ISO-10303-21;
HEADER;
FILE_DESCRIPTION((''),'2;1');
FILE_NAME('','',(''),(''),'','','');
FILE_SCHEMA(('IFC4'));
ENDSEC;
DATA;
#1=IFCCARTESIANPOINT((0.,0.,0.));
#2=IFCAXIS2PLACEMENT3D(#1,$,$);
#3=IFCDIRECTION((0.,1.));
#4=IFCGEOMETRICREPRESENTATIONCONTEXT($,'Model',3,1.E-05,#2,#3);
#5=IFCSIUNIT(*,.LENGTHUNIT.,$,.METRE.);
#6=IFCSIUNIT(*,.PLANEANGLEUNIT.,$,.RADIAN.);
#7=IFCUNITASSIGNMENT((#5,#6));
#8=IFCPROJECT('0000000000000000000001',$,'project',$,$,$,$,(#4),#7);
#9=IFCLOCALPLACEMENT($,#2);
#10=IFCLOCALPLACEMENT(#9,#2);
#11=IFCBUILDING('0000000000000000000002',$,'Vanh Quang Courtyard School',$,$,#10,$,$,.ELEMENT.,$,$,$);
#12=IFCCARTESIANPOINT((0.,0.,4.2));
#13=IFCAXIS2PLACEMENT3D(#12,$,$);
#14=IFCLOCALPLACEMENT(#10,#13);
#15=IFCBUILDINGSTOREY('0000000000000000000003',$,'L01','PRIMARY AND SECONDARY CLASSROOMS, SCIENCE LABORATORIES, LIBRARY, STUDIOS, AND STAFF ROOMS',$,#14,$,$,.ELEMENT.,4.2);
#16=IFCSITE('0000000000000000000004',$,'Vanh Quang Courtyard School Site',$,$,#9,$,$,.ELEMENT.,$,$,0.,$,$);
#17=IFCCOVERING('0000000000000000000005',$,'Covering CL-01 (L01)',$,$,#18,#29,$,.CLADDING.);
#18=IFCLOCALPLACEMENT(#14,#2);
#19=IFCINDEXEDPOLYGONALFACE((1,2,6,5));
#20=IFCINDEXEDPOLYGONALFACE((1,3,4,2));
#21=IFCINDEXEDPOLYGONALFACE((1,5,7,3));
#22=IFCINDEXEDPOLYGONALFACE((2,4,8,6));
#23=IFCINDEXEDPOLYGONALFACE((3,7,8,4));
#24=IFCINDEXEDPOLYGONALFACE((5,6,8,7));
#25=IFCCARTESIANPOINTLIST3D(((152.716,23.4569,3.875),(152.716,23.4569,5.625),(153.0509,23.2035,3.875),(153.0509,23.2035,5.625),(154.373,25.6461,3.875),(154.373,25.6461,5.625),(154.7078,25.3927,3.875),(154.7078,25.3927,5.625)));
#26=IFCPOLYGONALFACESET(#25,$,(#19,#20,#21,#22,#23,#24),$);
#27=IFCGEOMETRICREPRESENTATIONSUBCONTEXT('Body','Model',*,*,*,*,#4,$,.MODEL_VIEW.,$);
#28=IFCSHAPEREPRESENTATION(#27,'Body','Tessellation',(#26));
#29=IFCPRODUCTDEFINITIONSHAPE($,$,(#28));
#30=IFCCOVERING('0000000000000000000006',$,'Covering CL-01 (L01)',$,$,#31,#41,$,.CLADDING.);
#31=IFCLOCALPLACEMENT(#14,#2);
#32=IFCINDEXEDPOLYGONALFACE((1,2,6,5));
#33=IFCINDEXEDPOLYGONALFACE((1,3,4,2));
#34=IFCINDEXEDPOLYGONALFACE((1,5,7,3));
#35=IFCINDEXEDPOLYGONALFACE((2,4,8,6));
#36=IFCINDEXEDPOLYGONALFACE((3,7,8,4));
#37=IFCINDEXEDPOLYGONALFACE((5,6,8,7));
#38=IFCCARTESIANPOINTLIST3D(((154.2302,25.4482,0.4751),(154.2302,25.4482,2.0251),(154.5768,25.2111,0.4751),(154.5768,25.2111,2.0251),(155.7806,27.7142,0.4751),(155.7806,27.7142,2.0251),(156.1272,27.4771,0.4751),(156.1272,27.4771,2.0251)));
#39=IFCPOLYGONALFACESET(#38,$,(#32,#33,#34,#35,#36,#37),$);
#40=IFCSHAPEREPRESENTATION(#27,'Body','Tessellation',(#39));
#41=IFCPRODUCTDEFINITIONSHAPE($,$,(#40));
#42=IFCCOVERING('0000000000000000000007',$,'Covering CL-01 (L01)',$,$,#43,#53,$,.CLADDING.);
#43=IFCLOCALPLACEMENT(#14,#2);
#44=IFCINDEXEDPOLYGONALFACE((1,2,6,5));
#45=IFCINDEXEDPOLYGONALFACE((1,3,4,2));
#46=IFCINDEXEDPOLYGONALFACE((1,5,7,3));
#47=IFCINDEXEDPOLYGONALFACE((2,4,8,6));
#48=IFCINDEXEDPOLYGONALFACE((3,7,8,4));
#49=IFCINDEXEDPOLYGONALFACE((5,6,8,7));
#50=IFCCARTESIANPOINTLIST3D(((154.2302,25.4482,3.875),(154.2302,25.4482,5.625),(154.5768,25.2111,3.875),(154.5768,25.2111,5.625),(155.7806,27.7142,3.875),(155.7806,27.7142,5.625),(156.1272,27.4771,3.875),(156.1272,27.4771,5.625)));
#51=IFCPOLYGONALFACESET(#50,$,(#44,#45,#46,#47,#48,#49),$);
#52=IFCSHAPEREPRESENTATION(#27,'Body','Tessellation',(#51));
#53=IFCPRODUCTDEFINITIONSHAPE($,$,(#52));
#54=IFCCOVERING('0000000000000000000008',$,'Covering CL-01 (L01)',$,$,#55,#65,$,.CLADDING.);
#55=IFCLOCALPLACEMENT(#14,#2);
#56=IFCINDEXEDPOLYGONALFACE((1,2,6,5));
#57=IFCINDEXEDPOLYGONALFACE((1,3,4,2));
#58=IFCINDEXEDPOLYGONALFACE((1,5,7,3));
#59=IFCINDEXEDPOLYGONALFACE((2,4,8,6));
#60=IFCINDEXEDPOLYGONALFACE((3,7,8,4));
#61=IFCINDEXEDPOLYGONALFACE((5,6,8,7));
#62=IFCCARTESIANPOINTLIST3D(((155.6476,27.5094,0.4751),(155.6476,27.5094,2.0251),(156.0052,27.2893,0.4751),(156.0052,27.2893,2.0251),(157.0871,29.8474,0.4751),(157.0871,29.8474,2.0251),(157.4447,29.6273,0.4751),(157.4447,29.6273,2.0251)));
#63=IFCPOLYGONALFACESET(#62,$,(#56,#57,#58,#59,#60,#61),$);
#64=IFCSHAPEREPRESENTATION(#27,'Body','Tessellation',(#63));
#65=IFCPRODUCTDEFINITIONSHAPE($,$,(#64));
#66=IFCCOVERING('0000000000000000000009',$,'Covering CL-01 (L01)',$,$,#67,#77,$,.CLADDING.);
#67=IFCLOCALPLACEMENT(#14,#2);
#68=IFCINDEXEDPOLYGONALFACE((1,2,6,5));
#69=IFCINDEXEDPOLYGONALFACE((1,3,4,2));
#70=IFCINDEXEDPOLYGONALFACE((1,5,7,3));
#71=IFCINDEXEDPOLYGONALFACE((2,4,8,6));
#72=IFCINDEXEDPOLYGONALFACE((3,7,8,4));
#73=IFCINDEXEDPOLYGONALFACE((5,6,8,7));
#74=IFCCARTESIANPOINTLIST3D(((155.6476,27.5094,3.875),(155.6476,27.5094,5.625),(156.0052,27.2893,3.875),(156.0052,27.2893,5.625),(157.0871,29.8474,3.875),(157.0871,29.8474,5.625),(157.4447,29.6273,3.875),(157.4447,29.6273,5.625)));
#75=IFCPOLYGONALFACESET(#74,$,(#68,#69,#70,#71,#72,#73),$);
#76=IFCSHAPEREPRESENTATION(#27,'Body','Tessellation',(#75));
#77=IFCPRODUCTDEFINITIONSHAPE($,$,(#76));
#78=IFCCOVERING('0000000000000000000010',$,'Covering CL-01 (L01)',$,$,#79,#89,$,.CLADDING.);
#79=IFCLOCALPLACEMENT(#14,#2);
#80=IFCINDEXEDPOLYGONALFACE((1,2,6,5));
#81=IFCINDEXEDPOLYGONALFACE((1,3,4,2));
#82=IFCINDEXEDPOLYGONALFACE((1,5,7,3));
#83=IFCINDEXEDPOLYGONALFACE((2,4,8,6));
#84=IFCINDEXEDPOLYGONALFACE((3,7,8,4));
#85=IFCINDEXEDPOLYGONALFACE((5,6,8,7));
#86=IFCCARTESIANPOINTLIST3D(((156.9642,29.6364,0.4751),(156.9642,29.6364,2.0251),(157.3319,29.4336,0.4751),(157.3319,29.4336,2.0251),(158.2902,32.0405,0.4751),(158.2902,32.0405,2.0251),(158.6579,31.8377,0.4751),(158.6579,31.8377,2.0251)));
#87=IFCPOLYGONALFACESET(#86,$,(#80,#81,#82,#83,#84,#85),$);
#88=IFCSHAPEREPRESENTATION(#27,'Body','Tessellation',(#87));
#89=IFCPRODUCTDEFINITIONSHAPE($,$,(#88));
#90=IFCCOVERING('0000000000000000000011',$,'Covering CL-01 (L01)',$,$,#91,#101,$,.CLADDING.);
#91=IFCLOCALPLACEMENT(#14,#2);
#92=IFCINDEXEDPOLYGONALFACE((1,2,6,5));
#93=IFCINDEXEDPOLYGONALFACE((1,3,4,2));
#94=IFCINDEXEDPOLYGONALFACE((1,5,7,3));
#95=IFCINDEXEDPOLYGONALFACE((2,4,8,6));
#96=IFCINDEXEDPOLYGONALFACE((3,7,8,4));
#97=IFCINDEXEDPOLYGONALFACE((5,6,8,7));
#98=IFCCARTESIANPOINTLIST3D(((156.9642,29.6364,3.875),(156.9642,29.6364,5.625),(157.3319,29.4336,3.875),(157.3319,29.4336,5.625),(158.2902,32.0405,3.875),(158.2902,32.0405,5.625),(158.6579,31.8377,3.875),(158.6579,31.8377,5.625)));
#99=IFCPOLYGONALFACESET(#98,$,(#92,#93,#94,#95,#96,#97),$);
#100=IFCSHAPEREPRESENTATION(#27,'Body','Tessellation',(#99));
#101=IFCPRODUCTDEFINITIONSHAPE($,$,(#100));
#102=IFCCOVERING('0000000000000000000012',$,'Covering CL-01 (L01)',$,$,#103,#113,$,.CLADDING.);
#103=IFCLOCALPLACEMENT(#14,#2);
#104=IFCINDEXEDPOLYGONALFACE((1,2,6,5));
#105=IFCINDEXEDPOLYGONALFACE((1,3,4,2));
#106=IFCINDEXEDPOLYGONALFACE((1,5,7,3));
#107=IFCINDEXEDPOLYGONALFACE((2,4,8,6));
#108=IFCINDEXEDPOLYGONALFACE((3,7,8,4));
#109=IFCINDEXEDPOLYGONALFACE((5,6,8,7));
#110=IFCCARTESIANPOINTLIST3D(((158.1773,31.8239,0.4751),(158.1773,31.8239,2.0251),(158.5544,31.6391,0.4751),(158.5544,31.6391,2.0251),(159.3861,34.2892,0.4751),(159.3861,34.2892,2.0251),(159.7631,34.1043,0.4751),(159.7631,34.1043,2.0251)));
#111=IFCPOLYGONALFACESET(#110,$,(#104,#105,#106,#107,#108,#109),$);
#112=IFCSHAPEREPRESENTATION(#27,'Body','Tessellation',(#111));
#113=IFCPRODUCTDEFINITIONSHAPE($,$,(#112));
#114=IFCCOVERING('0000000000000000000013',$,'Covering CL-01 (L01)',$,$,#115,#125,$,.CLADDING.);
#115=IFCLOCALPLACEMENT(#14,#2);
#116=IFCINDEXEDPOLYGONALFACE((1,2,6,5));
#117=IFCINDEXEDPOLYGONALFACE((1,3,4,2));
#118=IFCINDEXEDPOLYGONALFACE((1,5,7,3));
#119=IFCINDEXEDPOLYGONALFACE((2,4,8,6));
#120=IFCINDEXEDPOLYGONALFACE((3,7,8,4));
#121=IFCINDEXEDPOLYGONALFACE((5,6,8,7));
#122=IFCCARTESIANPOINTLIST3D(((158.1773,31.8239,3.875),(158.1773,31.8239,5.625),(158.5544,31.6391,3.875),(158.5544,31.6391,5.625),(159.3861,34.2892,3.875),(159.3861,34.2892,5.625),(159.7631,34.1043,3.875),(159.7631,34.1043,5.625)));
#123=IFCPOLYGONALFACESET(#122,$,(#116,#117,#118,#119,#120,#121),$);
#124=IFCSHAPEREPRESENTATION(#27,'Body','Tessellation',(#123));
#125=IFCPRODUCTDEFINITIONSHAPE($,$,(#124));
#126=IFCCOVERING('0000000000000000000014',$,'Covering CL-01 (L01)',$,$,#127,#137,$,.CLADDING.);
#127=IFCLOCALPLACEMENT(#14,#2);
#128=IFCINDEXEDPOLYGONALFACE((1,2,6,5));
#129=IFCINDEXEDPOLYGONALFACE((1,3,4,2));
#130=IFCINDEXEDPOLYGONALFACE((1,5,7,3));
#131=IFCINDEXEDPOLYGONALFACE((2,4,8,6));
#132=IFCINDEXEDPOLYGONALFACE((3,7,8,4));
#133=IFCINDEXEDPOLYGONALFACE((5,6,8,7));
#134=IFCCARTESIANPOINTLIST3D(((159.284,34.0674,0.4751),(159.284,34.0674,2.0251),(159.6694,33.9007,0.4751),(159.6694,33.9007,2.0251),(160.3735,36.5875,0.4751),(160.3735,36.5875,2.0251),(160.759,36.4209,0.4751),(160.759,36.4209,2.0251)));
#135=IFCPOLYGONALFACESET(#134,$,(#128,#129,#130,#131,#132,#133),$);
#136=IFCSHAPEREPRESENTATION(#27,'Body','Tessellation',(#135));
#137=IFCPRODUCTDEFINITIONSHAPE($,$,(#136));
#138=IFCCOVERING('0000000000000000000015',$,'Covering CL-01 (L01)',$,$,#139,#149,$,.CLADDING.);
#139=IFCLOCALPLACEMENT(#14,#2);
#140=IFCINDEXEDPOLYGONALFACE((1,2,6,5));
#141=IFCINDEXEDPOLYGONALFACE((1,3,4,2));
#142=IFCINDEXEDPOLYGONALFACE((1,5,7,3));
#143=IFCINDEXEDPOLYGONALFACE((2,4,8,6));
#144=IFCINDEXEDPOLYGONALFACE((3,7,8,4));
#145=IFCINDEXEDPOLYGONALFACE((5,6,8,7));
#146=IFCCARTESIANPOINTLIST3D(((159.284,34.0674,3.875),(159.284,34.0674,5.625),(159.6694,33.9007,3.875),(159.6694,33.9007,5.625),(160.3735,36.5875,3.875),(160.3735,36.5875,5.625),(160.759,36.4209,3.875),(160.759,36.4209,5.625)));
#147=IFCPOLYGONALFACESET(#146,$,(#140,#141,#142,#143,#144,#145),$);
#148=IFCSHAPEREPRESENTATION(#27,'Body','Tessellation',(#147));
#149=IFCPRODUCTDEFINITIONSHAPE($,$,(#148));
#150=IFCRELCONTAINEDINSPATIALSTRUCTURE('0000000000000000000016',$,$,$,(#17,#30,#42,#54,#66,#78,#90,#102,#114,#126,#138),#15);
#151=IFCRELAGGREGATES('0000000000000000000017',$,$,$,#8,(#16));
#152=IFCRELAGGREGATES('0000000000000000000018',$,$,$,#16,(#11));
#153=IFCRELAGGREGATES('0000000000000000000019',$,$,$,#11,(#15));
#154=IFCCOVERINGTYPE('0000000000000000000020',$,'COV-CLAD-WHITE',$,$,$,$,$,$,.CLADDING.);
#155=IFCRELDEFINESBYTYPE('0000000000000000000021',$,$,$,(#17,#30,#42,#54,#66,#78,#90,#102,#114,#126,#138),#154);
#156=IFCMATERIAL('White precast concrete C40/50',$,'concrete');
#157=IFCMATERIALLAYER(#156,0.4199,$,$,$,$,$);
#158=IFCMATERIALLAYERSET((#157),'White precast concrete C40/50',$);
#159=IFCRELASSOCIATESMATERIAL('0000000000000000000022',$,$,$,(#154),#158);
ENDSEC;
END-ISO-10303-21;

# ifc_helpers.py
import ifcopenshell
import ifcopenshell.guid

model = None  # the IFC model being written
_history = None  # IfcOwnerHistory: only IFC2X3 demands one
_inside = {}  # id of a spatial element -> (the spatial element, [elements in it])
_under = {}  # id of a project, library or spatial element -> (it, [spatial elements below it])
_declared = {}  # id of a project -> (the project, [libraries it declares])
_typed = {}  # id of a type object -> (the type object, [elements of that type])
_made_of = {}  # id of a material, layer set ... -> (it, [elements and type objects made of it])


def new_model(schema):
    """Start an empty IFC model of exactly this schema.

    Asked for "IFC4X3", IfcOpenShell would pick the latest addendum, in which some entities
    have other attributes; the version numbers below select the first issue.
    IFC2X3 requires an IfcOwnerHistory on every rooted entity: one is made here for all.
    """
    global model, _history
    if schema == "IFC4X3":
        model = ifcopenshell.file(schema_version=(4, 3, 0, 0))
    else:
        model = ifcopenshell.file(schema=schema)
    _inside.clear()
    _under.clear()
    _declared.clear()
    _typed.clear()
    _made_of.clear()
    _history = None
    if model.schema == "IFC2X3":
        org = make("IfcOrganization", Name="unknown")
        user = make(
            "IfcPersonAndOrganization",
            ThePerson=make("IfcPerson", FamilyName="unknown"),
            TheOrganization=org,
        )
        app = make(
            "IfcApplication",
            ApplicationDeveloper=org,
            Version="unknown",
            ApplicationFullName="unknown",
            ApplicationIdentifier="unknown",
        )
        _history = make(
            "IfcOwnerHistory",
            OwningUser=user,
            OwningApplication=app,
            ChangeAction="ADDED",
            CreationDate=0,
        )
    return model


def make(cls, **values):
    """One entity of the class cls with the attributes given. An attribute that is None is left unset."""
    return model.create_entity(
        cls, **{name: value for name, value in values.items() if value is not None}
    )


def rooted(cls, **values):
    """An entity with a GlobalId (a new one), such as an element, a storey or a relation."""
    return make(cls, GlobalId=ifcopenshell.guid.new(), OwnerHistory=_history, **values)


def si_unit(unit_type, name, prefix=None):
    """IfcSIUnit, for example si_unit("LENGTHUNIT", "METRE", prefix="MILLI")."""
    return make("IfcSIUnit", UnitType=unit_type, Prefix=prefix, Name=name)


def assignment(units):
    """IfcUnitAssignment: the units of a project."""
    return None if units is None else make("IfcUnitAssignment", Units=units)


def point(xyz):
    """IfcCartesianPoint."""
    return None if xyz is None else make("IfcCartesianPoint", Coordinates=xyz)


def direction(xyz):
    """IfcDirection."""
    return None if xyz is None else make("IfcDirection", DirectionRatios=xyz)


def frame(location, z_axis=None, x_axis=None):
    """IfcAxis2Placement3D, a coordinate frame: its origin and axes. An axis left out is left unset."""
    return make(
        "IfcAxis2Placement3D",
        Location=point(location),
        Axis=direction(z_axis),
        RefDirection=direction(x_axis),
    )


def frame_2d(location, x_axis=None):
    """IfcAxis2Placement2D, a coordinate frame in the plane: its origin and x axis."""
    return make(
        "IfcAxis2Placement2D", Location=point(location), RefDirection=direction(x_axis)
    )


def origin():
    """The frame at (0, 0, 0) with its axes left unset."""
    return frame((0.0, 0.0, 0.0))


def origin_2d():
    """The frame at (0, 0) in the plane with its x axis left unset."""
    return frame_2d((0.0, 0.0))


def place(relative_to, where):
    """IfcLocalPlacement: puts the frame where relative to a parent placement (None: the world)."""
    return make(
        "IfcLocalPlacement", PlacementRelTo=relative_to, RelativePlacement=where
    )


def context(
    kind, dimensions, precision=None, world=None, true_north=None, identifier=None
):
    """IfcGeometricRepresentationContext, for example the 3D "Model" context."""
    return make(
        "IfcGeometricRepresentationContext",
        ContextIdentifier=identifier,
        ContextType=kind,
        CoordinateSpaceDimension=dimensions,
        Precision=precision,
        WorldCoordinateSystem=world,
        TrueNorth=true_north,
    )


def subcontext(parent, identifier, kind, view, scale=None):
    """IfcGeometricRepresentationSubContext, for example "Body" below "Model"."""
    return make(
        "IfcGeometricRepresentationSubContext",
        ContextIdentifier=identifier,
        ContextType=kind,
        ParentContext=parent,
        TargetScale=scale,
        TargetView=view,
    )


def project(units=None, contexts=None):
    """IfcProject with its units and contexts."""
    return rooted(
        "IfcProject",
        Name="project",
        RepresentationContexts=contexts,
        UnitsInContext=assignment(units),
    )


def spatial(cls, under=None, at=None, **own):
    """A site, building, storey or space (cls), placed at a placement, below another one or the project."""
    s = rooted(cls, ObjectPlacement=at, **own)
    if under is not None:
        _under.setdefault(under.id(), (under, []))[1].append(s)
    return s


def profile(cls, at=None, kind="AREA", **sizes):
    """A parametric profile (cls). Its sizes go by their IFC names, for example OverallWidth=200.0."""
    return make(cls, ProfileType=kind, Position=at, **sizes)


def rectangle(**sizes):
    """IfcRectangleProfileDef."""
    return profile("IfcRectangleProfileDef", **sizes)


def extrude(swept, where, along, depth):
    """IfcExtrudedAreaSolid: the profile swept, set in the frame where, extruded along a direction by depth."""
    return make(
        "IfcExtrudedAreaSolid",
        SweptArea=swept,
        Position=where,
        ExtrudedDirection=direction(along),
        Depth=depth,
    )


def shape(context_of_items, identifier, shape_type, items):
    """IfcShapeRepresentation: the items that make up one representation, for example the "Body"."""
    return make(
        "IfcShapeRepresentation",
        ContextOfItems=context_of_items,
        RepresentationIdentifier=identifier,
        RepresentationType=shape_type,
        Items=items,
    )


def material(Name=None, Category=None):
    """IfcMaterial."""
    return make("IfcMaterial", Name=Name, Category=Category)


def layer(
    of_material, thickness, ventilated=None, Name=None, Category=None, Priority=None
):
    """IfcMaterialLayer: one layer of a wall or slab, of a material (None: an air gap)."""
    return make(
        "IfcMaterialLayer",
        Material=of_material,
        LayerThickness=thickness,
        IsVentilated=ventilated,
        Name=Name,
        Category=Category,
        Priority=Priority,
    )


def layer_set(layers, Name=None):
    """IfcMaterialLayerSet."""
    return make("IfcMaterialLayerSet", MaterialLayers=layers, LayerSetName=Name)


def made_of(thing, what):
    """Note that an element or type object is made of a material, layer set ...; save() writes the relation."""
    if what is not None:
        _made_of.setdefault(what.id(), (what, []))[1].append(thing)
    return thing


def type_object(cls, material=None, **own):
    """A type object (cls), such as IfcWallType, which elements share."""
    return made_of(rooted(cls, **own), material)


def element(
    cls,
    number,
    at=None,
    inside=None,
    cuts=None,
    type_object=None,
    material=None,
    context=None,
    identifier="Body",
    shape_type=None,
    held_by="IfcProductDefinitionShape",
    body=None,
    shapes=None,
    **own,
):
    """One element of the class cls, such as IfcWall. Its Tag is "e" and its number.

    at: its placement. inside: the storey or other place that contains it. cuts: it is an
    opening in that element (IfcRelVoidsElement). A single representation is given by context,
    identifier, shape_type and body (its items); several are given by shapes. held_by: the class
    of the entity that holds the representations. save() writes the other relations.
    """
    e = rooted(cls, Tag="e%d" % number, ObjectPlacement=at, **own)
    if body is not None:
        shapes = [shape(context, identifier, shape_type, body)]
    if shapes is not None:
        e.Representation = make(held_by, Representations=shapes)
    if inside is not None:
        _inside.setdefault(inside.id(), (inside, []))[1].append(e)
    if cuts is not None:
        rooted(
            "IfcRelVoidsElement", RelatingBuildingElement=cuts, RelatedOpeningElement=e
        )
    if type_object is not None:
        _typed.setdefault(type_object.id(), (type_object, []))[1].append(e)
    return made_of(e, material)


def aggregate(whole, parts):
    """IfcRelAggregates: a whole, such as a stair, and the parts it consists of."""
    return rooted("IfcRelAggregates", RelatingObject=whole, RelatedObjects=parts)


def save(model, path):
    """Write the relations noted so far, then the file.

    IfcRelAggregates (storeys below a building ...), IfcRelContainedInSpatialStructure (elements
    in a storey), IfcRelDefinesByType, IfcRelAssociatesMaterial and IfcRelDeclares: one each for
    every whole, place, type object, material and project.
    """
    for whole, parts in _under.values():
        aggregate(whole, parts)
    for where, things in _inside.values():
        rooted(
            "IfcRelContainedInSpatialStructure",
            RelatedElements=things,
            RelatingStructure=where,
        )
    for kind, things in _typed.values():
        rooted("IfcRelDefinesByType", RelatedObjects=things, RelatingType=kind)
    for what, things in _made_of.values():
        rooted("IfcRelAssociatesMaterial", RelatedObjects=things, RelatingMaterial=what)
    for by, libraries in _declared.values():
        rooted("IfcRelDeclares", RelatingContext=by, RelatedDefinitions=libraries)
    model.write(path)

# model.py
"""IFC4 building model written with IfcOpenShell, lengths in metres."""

from ifc_helpers import new_model, si_unit, direction, frame, origin, origin_2d, place, context, subcontext, project, spatial, rectangle, extrude, material, layer, layer_set, type_object, element, save


model = new_model("IFC4")

# Units and contexts
model_context = context("Model", 3, precision=1e-05, world=origin(), true_north=direction((0.0, 1.0)))
body_context = subcontext(model_context, "Body", "Model", "MODEL_VIEW")
ifc_project = project(units=[si_unit("LENGTHUNIT", "METRE"), si_unit("PLANEANGLEUNIT", "RADIAN")], contexts=[model_context])

# Site, building, storey
site_placement = place(None, origin())
site = spatial("IfcSite", under=ifc_project, at=site_placement, Name="Vanh Quang Courtyard School Site", CompositionType="ELEMENT", RefElevation=0.0)
building_placement = place(site_placement, origin())
building = spatial("IfcBuilding", under=site, at=building_placement, Name="Vanh Quang Courtyard School", CompositionType="ELEMENT")
storey_placement = place(building_placement, frame((0.0, 0.0, 4.2)))
storey = spatial("IfcBuildingStorey", under=building, at=storey_placement, Name="L01", Description="PRIMARY AND SECONDARY CLASSROOMS, SCIENCE LABORATORIES, LIBRARY, STUDIOS, AND STAFF ROOMS", CompositionType="ELEMENT", Elevation=4.2)

# Coverings
ifc_material_1 = material(Name="White precast concrete C40/50", Category="concrete")
ifc_layer_1 = layer(ifc_material_1, 0.4199)
ifc_layer_set_1 = layer_set([ifc_layer_1], Name="White precast concrete C40/50")
covering_type = type_object("IfcCoveringType", Name="COV-CLAD-WHITE", PredefinedType="CLADDING", material=ifc_layer_set_1)
covering_1_placement = place(storey_placement, frame((153.7119, 24.4248, 3.875), z_axis=(0.0, 0.0, 1.0), x_axis=(0.603486, 0.797373, 0.0)))
element("IfcCovering", 1, at=covering_1_placement, inside=storey, type_object=covering_type, Name="Covering CL-01 (L01)", PredefinedType="CLADDING", context=body_context, shape_type="SweptSolid", body=[
    extrude(rectangle(XDim=2.7456, YDim=0.4199, at=origin_2d()), origin(), (0.0, 0.0, 1.0), 1.75),
])
covering_2_placement = place(storey_placement, frame((155.1787, 26.4626, 0.4751), z_axis=(0.0, 0.0, 1.0), x_axis=(0.564679, 0.825311, 0.0)))
element("IfcCovering", 2, at=covering_2_placement, inside=storey, type_object=covering_type, Name="Covering CL-01 (L01)", PredefinedType="CLADDING", context=body_context, shape_type="SweptSolid", body=[
    extrude(rectangle(XDim=2.7456, YDim=0.4199, at=origin_2d()), origin(), (0.0, 0.0, 1.0), 1.55),
])
covering_3_placement = place(storey_placement, frame((155.1787, 26.4626, 3.875), z_axis=(0.0, 0.0, 1.0), x_axis=(0.564679, 0.825311, 0.0)))
element("IfcCovering", 3, at=covering_3_placement, inside=storey, type_object=covering_type, Name="Covering CL-01 (L01)", PredefinedType="CLADDING", context=body_context, shape_type="SweptSolid", body=[
    extrude(rectangle(XDim=2.7456, YDim=0.4199, at=origin_2d()), origin(), (0.0, 0.0, 1.0), 1.75),
])
covering_4_placement = place(storey_placement, frame((156.5461, 28.5684, 0.4751), z_axis=(0.0, 0.0, 1.0), x_axis=(0.524283, 0.851544, 0.0)))
element("IfcCovering", 4, at=covering_4_placement, inside=storey, type_object=covering_type, Name="Covering CL-01 (L01)", PredefinedType="CLADDING", context=body_context, shape_type="SweptSolid", body=[
    extrude(rectangle(XDim=2.7456, YDim=0.4199, at=origin_2d()), origin(), (0.0, 0.0, 1.0), 1.55),
])
covering_5_placement = place(storey_placement, frame((156.5461, 28.5684, 3.875), z_axis=(0.0, 0.0, 1.0), x_axis=(0.524283, 0.851544, 0.0)))
element("IfcCovering", 5, at=covering_5_placement, inside=storey, type_object=covering_type, Name="Covering CL-01 (L01)", PredefinedType="CLADDING", context=body_context, shape_type="SweptSolid", body=[
    extrude(rectangle(XDim=2.7456, YDim=0.4199, at=origin_2d()), origin(), (0.0, 0.0, 1.0), 1.75),
])
covering_6_placement = place(storey_placement, frame((157.811, 30.7371, 0.4751), z_axis=(0.0, 0.0, 1.0), x_axis=(0.482977, 0.875633, 0.0)))
element("IfcCovering", 6, at=covering_6_placement, inside=storey, type_object=covering_type, Name="Covering CL-01 (L01)", PredefinedType="CLADDING", context=body_context, shape_type="SweptSolid", body=[
    extrude(rectangle(XDim=2.7456, YDim=0.4199, at=origin_2d()), origin(), (0.0, 0.0, 1.0), 1.55),
])
covering_7_placement = place(storey_placement, frame((157.811, 30.7371, 3.875), z_axis=(0.0, 0.0, 1.0), x_axis=(0.482977, 0.875633, 0.0)))
element("IfcCovering", 7, at=covering_7_placement, inside=storey, type_object=covering_type, Name="Covering CL-01 (L01)", PredefinedType="CLADDING", context=body_context, shape_type="SweptSolid", body=[
    extrude(rectangle(XDim=2.7456, YDim=0.4199, at=origin_2d()), origin(), (0.0, 0.0, 1.0), 1.75),
])
covering_8_placement = place(storey_placement, frame((158.9702, 32.9641, 0.4751), z_axis=(0.0, 0.0, 1.0), x_axis=(0.440253, 0.897874, 0.0)))
element("IfcCovering", 8, at=covering_8_placement, inside=storey, type_object=covering_type, Name="Covering CL-01 (L01)", PredefinedType="CLADDING", context=body_context, shape_type="SweptSolid", body=[
    extrude(rectangle(XDim=2.7456, YDim=0.4199, at=origin_2d()), origin(), (0.0, 0.0, 1.0), 1.55),
])
covering_9_placement = place(storey_placement, frame((158.9702, 32.9641, 3.875), z_axis=(0.0, 0.0, 1.0), x_axis=(0.440253, 0.897874, 0.0)))
element("IfcCovering", 9, at=covering_9_placement, inside=storey, type_object=covering_type, Name="Covering CL-01 (L01)", PredefinedType="CLADDING", context=body_context, shape_type="SweptSolid", body=[
    extrude(rectangle(XDim=2.7456, YDim=0.4199, at=origin_2d()), origin(), (0.0, 0.0, 1.0), 1.75),
])
covering_10_placement = place(storey_placement, frame((160.0215, 35.2441, 0.4751), z_axis=(0.0, 0.0, 1.0), x_axis=(0.396828, 0.917893, 0.0)))
element("IfcCovering", 10, at=covering_10_placement, inside=storey, type_object=covering_type, Name="Covering CL-01 (L01)", PredefinedType="CLADDING", context=body_context, shape_type="SweptSolid", body=[
    extrude(rectangle(XDim=2.7456, YDim=0.4199, at=origin_2d()), origin(), (0.0, 0.0, 1.0), 1.55),
])
covering_11_placement = place(storey_placement, frame((160.0215, 35.2441, 3.875), z_axis=(0.0, 0.0, 1.0), x_axis=(0.396828, 0.917893, 0.0)))
element("IfcCovering", 11, at=covering_11_placement, inside=storey, type_object=covering_type, Name="Covering CL-01 (L01)", PredefinedType="CLADDING", context=body_context, shape_type="SweptSolid", body=[
    extrude(rectangle(XDim=2.7456, YDim=0.4199, at=origin_2d()), origin(), (0.0, 0.0, 1.0), 1.75),
])

save(model, "model.ifc")
